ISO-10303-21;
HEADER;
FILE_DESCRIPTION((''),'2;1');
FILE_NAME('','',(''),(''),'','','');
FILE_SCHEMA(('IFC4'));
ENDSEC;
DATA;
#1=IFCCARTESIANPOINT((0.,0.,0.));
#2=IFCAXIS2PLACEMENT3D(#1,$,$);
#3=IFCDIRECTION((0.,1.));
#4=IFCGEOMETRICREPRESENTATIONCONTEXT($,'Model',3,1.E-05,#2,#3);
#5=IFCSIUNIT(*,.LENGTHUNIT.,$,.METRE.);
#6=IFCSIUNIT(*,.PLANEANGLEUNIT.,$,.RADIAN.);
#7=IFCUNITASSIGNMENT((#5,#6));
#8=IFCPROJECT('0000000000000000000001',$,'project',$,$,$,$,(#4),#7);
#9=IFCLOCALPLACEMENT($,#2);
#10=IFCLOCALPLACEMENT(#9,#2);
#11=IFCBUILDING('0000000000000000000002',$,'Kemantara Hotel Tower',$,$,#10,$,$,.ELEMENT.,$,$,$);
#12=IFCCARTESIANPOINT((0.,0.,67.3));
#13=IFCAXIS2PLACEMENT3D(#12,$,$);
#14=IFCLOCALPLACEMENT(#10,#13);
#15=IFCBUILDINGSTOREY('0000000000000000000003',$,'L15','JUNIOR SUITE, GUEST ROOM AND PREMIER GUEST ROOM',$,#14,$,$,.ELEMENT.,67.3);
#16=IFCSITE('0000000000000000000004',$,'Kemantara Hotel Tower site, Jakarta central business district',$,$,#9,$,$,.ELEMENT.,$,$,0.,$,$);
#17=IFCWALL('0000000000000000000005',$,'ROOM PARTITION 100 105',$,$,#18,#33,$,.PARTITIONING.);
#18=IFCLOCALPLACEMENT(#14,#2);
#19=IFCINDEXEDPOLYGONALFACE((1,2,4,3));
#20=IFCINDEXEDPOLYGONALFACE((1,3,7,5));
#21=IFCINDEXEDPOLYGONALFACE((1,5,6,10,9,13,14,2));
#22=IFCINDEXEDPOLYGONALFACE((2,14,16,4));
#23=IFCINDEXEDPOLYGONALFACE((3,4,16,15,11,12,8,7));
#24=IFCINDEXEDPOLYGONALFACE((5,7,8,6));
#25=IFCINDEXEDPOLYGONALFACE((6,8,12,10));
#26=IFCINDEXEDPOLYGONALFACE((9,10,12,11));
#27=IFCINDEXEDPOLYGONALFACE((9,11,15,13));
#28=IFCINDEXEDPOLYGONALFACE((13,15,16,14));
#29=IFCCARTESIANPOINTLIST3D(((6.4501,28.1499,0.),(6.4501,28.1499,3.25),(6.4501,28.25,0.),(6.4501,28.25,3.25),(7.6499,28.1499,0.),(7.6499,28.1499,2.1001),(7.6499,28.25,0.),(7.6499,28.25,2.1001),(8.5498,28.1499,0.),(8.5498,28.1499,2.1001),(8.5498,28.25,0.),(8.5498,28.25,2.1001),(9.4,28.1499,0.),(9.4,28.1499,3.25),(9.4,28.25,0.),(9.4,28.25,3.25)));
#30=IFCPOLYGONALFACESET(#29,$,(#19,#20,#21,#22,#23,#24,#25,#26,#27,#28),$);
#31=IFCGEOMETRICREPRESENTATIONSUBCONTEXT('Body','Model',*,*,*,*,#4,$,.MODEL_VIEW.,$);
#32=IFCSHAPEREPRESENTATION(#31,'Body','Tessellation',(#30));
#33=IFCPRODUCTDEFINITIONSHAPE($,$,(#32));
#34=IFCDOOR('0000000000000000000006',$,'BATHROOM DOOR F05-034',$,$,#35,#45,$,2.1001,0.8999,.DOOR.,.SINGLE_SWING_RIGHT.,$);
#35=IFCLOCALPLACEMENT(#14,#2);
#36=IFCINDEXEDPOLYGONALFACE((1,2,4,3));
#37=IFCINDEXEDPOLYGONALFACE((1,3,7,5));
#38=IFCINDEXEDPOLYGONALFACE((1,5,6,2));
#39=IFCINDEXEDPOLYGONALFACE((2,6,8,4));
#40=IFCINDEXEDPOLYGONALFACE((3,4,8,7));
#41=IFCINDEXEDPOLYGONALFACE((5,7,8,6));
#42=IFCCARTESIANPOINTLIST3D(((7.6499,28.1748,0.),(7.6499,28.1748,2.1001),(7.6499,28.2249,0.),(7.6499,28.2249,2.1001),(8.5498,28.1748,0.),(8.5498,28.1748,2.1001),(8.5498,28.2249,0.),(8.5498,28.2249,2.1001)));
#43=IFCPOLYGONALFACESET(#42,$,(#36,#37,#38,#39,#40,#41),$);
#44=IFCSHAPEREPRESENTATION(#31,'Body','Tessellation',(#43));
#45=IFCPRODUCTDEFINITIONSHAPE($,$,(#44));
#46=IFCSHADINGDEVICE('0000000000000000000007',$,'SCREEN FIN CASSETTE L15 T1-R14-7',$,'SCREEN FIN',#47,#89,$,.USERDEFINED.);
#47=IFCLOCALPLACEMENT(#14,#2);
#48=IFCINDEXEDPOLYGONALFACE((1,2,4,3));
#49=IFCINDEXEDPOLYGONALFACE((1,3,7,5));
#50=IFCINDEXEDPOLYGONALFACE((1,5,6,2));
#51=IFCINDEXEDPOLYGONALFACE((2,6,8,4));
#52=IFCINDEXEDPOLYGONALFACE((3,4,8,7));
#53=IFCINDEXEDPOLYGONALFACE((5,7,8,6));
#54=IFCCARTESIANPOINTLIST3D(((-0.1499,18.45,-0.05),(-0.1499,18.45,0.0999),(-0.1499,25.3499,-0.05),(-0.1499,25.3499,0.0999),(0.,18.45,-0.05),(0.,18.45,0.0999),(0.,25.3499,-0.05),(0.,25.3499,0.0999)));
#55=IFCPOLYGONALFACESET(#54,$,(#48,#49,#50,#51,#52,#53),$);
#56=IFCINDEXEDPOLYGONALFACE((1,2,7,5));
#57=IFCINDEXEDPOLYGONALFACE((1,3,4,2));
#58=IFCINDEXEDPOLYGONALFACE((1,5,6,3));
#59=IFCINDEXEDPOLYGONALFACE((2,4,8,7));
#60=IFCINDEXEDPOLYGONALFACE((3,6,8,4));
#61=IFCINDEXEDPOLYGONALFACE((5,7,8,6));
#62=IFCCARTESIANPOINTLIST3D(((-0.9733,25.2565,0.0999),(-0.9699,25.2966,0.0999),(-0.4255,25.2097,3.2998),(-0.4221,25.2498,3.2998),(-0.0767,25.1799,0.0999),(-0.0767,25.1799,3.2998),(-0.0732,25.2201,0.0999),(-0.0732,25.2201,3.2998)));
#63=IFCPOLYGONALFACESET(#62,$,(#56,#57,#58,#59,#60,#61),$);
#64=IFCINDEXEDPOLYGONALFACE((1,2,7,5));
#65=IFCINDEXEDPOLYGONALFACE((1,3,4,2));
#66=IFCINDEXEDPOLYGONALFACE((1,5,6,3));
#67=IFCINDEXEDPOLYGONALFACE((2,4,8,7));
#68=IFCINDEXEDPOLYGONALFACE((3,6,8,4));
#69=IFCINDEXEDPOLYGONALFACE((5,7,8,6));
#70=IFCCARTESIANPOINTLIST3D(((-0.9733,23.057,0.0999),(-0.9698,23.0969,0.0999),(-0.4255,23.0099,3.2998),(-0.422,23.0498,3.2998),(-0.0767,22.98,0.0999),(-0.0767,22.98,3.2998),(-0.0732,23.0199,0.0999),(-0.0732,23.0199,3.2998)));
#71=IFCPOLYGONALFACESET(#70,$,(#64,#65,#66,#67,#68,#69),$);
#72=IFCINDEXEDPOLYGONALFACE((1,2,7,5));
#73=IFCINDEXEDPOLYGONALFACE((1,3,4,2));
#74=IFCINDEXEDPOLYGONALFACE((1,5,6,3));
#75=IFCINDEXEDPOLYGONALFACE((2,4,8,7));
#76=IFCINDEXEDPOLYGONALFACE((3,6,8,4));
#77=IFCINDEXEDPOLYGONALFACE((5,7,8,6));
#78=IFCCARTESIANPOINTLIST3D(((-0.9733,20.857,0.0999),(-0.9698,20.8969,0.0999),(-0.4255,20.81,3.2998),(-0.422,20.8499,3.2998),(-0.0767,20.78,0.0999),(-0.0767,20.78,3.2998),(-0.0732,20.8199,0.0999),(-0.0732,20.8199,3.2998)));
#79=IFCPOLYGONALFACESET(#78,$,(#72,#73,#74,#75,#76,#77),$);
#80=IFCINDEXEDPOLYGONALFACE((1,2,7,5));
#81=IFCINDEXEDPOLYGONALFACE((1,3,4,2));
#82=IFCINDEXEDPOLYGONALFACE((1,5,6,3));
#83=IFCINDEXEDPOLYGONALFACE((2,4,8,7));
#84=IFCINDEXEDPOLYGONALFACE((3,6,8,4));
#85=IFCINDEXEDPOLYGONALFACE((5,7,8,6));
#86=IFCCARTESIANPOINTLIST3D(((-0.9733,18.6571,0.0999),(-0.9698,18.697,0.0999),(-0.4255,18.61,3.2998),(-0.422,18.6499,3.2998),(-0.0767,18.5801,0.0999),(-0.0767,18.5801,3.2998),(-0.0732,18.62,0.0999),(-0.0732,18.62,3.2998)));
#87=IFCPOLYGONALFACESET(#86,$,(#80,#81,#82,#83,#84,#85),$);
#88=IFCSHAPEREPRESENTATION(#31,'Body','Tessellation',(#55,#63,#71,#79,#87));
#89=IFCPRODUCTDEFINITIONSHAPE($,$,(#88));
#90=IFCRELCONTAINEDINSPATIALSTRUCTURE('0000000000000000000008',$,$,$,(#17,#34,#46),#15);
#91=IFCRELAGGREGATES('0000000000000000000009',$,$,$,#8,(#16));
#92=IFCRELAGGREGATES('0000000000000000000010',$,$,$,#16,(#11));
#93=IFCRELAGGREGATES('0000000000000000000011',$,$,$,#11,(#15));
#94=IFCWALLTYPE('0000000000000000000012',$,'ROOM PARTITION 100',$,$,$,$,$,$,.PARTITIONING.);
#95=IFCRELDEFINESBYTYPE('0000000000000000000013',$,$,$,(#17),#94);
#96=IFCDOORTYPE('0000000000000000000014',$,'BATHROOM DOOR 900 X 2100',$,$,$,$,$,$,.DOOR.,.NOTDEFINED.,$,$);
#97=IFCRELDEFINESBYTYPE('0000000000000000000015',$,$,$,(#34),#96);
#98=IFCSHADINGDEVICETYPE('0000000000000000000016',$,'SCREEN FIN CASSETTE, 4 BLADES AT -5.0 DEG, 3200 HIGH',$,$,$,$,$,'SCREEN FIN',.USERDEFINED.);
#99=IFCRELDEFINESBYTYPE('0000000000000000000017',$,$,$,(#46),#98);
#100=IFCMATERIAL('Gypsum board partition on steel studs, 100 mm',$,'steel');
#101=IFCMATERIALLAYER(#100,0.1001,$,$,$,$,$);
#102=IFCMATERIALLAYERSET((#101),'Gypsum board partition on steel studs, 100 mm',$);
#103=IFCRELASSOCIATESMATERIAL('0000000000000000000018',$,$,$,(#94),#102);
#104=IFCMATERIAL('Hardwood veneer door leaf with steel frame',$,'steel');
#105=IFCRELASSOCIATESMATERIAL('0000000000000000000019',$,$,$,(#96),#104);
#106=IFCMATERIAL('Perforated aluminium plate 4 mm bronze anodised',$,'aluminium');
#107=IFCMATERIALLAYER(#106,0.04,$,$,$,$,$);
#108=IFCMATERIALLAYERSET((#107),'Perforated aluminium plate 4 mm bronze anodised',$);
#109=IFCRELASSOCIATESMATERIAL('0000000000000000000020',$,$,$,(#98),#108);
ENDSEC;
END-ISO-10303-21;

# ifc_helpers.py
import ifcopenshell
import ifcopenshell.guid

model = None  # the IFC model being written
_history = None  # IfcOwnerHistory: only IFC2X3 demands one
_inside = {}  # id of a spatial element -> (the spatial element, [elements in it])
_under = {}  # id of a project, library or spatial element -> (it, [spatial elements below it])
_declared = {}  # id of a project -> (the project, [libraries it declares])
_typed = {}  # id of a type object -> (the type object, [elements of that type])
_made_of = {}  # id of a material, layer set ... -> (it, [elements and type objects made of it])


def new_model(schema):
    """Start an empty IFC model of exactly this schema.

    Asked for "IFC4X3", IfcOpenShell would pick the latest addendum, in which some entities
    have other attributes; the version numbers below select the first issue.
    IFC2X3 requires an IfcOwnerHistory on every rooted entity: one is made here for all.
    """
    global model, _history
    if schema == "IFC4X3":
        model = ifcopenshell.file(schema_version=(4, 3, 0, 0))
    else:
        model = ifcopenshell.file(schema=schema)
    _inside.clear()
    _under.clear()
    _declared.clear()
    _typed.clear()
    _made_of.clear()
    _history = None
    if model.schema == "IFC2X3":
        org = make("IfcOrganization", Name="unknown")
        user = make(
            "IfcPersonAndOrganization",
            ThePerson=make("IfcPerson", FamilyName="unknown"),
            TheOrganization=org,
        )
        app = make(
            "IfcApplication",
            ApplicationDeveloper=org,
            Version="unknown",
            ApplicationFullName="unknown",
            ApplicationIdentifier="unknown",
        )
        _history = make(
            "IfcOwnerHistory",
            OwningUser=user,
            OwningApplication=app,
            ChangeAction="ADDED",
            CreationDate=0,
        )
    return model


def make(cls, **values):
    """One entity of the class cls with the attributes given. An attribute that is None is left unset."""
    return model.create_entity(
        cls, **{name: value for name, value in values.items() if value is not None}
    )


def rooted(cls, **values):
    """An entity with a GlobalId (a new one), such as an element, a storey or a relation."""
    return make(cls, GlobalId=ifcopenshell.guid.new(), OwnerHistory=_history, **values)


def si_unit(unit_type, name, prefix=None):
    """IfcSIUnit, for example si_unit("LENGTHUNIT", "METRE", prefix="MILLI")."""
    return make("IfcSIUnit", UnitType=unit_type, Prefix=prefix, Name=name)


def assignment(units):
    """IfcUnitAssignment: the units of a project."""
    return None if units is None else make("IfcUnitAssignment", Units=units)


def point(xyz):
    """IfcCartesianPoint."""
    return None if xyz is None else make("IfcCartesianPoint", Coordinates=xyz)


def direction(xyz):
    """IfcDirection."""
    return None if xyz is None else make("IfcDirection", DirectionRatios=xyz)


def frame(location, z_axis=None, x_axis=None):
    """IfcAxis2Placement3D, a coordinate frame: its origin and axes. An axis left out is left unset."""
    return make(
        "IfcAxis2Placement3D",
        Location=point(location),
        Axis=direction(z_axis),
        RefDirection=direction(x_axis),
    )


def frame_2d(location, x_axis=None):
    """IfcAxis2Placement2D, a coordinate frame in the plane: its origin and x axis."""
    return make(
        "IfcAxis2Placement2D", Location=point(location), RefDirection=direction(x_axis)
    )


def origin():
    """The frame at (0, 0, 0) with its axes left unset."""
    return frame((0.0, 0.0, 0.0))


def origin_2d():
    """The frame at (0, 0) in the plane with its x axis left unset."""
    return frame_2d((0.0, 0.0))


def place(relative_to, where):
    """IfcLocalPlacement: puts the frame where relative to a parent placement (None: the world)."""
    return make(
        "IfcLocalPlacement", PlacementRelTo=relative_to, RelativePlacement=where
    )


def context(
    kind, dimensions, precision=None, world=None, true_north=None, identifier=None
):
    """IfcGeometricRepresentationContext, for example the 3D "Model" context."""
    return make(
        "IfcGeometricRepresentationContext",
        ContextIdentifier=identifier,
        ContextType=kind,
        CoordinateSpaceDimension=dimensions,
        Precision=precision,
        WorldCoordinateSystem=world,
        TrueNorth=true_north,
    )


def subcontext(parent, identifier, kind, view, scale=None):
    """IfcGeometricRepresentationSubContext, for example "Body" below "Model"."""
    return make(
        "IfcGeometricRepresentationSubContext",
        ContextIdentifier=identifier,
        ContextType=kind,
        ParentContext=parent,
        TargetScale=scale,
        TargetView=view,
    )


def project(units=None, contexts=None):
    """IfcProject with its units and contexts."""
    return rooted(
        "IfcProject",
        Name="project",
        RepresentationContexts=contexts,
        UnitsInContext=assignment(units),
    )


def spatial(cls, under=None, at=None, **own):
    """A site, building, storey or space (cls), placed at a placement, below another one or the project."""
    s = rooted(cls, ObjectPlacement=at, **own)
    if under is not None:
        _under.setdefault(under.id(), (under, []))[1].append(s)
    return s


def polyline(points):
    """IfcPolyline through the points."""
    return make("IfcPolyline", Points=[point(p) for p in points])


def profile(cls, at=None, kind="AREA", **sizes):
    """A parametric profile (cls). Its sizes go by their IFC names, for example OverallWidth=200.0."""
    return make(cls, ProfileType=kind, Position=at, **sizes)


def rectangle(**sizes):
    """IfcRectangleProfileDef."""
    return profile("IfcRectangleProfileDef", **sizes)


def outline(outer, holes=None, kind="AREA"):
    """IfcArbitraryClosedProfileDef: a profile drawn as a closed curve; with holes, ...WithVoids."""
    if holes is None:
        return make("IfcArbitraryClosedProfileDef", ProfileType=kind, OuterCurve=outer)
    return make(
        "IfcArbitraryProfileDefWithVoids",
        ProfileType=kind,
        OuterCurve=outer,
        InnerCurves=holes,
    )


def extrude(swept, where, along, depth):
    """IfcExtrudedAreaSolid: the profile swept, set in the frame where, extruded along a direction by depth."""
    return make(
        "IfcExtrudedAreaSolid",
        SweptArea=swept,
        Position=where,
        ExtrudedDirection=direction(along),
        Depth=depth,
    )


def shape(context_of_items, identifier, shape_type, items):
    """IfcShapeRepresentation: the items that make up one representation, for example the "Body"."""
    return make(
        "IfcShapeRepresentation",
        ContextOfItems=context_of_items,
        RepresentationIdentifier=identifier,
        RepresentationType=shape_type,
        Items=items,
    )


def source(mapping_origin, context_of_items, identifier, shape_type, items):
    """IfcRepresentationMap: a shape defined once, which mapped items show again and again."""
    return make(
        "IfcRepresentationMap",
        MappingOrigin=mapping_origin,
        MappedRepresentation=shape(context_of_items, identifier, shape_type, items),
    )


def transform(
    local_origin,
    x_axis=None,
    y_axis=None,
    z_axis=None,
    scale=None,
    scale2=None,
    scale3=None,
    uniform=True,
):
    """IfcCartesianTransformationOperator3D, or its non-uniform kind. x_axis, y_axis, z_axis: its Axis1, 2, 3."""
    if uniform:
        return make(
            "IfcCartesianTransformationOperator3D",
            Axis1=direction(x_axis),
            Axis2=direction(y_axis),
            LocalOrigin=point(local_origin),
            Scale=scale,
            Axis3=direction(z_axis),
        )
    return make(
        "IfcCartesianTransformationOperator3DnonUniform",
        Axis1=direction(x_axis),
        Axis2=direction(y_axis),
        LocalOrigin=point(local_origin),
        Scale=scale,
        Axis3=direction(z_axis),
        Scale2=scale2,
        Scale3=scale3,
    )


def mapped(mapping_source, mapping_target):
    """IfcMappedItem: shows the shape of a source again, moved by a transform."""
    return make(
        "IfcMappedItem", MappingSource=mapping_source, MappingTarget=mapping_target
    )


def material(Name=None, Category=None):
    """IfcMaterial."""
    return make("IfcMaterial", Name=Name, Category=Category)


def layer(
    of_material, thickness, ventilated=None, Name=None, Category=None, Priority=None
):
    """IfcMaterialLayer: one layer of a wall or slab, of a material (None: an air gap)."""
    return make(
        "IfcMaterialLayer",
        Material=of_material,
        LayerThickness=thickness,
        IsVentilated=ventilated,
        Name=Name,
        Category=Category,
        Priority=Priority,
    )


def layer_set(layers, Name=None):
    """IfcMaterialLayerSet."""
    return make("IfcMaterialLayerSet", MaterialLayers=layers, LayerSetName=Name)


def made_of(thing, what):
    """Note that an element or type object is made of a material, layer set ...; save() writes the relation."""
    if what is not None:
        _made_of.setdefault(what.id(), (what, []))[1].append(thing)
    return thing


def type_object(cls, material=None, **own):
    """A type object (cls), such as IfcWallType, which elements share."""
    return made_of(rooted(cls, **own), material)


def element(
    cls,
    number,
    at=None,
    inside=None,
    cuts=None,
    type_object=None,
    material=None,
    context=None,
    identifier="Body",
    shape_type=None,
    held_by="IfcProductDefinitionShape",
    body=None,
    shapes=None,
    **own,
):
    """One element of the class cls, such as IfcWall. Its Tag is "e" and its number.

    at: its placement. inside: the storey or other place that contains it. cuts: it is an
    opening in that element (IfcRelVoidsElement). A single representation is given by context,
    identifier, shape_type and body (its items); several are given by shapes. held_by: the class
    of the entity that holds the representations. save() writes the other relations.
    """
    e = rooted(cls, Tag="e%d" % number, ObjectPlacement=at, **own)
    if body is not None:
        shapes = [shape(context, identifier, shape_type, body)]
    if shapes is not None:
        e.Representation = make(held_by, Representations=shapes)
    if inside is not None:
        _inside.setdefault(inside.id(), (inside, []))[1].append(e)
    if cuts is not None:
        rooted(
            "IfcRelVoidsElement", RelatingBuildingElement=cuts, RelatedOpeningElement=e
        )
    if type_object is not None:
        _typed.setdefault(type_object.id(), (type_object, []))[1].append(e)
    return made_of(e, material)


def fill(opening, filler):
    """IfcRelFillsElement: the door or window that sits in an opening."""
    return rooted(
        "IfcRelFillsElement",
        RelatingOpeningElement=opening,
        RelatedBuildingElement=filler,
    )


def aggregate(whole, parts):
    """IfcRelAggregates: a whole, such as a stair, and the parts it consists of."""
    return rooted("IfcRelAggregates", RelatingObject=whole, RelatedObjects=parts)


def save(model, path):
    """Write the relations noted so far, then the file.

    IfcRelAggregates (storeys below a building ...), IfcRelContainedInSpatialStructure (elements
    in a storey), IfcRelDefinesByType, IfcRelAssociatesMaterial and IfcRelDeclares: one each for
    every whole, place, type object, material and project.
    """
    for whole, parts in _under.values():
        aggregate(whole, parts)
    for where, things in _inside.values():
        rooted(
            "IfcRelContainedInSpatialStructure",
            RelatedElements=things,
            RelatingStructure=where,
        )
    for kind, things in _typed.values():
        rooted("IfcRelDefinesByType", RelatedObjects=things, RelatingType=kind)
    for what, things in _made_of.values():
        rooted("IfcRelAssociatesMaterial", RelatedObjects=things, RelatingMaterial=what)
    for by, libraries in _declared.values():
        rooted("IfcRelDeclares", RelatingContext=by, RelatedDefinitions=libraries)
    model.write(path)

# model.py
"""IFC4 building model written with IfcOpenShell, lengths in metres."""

from ifc_helpers import new_model, si_unit, direction, frame, frame_2d, origin, origin_2d, place, context, subcontext, project, spatial, polyline, rectangle, outline, extrude, source, transform, mapped, material, layer, layer_set, type_object, element, fill, save


model = new_model("IFC4")

# Units and contexts
model_context = context("Model", 3, precision=1e-05, world=origin(), true_north=direction((0.0, 1.0)))
body_context = subcontext(model_context, "Body", "Model", "MODEL_VIEW")
ifc_project = project(units=[si_unit("LENGTHUNIT", "METRE"), si_unit("PLANEANGLEUNIT", "RADIAN")], contexts=[model_context])

# Site, building, storey
site_placement = place(None, origin())
site = spatial("IfcSite", under=ifc_project, at=site_placement, Name="Kemantara Hotel Tower site, Jakarta central business district", CompositionType="ELEMENT", RefElevation=0.0)
building_placement = place(site_placement, origin())
building = spatial("IfcBuilding", under=site, at=building_placement, Name="Kemantara Hotel Tower", CompositionType="ELEMENT")
storey_placement = place(building_placement, frame((0.0, 0.0, 67.3)))
storey = spatial("IfcBuildingStorey", under=building, at=storey_placement, Name="L15", Description="JUNIOR SUITE, GUEST ROOM AND PREMIER GUEST ROOM", CompositionType="ELEMENT", Elevation=67.3)

# Shared definitions
ifc_material_1 = material(Name="Hardwood veneer door leaf with steel frame", Category="steel")

# Shared definitions
ifc_material_2 = material(Name="Gypsum board partition on steel studs, 100 mm", Category="steel")
ifc_layer_1 = layer(ifc_material_2, 0.1001)
ifc_layer_set_1 = layer_set([ifc_layer_1], Name="Gypsum board partition on steel studs, 100 mm")
wall_type_1 = type_object("IfcWallType", Name="ROOM PARTITION 100", PredefinedType="PARTITIONING", material=ifc_layer_set_1)

# Wall, opening, door
wall_1_placement = place(storey_placement, frame((6.45, 28.2, 0.0), z_axis=(0.0, 0.0, 1.0), x_axis=(1.0, 0.0, 0.0)))
wall_1 = element("IfcWall", 1, at=wall_1_placement, inside=storey, type_object=wall_type_1, Name="ROOM PARTITION 100 105", PredefinedType="PARTITIONING", context=body_context, shape_type="SweptSolid", body=[
    extrude(rectangle(XDim=2.95, YDim=0.1001, at=frame_2d((1.4751, 0.0))), origin(), (0.0, 0.0, 1.0), 3.25),
])
opening_1_placement = place(wall_1_placement, frame((1.2, 0.0, 0.0)))
opening_1 = element("IfcOpeningElement", 2, at=opening_1_placement, cuts=wall_1, PredefinedType="OPENING", context=body_context, shape_type="SweptSolid", body=[
    extrude(rectangle(XDim=0.8999, YDim=2.1001, at=frame_2d((0.45, 1.05))), frame((0.0, 0.0601, 0.0), z_axis=(0.0, -1.0, 0.0), x_axis=(1.0, 0.0, 0.0)), (0.0, 0.0, 1.0), 0.1201),
])
door_type_1 = type_object("IfcDoorType", Name="BATHROOM DOOR 900 X 2100", OperationType="NOTDEFINED", PredefinedType="DOOR", material=ifc_material_1)
door_1_placement = place(opening_1_placement, origin())
door_1 = element("IfcDoor", 3, at=door_1_placement, inside=storey, type_object=door_type_1, Name="BATHROOM DOOR F05-034", OperationType="SINGLE_SWING_RIGHT", OverallHeight=2.1001, OverallWidth=0.8999, PredefinedType="DOOR", context=body_context, shape_type="SweptSolid", body=[
    extrude(rectangle(XDim=0.8999, YDim=2.1001, at=frame_2d((0.45, 1.05))), frame((0.0, 0.0249, 0.0), z_axis=(0.0, -1.0, 0.0), x_axis=(1.0, 0.0, 0.0)), (0.0, 0.0, 1.0), 0.05),
])
fill(opening_1, door_1)

# Shading device
ifc_material_3 = material(Name="Perforated aluminium plate 4 mm bronze anodised", Category="aluminium")
ifc_layer_2 = layer(ifc_material_3, 0.04)
ifc_layer_set_2 = layer_set([ifc_layer_2], Name="Perforated aluminium plate 4 mm bronze anodised")
shading_device_type = type_object("IfcShadingDeviceType", Name="SCREEN FIN CASSETTE, 4 BLADES AT -5.0 DEG, 3200 HIGH", ElementType="SCREEN FIN", PredefinedType="USERDEFINED", material=ifc_layer_set_2)
shared_shape = source(origin(), body_context, "Body", "SweptSolid", [
    extrude(rectangle(XDim=6.8999, YDim=0.1499, at=origin_2d()), frame((3.3, -0.075, -0.1499), z_axis=(0.0, 0.0, 1.0), x_axis=(1.0, 0.0, 0.0)), (0.0, 0.0, 1.0), 0.1499),
    extrude(outline(polyline([(0.0, 0.0), (0.8999, 0.0), (0.3501, 3.2), (0.0, 3.2), (0.0, 0.0)])), frame((0.02, -0.0767, 0.0), z_axis=(-0.996376, 0.085056, 0.0), x_axis=(-0.085056, -0.996376, 0.0)), (0.0, 0.0, 1.0), 0.0403),
    extrude(outline(polyline([(0.0, 0.0), (0.8999, 0.0), (0.3501, 3.2), (0.0, 3.2), (0.0, 0.0)])), frame((2.22, -0.0767, 0.0), z_axis=(-0.996332, 0.085575, 0.0), x_axis=(-0.085575, -0.996332, 0.0)), (0.0, 0.0, 1.0), 0.04),
    extrude(outline(polyline([(0.0, 0.0), (0.8999, 0.0), (0.3501, 3.2), (0.0, 3.2), (0.0, 0.0)])), frame((4.4199, -0.0767, 0.0), z_axis=(-0.996332, 0.085575, 0.0), x_axis=(-0.085575, -0.996332, 0.0)), (0.0, 0.0, 1.0), 0.04),
    extrude(outline(polyline([(0.0, 0.0), (0.8999, 0.0), (0.3501, 3.2), (0.0, 3.2), (0.0, 0.0)])), frame((6.6199, -0.0767, 0.0), z_axis=(-0.996332, 0.085575, 0.0), x_axis=(-0.085575, -0.996332, 0.0)), (0.0, 0.0, 1.0), 0.04),
])
shading_device_placement = place(storey_placement, frame((0.0, 25.2, 0.0999), z_axis=(0.0, 0.0, 1.0), x_axis=(0.0, -1.0, 0.0)))
element("IfcShadingDevice", 4, at=shading_device_placement, inside=storey, type_object=shading_device_type, Name="SCREEN FIN CASSETTE L15 T1-R14-7", ObjectType="SCREEN FIN", PredefinedType="USERDEFINED", context=body_context, shape_type="MappedRepresentation", body=[
    mapped(shared_shape, transform((0.0, 0.0, 0.0))),
])

save(model, "model.ifc")
